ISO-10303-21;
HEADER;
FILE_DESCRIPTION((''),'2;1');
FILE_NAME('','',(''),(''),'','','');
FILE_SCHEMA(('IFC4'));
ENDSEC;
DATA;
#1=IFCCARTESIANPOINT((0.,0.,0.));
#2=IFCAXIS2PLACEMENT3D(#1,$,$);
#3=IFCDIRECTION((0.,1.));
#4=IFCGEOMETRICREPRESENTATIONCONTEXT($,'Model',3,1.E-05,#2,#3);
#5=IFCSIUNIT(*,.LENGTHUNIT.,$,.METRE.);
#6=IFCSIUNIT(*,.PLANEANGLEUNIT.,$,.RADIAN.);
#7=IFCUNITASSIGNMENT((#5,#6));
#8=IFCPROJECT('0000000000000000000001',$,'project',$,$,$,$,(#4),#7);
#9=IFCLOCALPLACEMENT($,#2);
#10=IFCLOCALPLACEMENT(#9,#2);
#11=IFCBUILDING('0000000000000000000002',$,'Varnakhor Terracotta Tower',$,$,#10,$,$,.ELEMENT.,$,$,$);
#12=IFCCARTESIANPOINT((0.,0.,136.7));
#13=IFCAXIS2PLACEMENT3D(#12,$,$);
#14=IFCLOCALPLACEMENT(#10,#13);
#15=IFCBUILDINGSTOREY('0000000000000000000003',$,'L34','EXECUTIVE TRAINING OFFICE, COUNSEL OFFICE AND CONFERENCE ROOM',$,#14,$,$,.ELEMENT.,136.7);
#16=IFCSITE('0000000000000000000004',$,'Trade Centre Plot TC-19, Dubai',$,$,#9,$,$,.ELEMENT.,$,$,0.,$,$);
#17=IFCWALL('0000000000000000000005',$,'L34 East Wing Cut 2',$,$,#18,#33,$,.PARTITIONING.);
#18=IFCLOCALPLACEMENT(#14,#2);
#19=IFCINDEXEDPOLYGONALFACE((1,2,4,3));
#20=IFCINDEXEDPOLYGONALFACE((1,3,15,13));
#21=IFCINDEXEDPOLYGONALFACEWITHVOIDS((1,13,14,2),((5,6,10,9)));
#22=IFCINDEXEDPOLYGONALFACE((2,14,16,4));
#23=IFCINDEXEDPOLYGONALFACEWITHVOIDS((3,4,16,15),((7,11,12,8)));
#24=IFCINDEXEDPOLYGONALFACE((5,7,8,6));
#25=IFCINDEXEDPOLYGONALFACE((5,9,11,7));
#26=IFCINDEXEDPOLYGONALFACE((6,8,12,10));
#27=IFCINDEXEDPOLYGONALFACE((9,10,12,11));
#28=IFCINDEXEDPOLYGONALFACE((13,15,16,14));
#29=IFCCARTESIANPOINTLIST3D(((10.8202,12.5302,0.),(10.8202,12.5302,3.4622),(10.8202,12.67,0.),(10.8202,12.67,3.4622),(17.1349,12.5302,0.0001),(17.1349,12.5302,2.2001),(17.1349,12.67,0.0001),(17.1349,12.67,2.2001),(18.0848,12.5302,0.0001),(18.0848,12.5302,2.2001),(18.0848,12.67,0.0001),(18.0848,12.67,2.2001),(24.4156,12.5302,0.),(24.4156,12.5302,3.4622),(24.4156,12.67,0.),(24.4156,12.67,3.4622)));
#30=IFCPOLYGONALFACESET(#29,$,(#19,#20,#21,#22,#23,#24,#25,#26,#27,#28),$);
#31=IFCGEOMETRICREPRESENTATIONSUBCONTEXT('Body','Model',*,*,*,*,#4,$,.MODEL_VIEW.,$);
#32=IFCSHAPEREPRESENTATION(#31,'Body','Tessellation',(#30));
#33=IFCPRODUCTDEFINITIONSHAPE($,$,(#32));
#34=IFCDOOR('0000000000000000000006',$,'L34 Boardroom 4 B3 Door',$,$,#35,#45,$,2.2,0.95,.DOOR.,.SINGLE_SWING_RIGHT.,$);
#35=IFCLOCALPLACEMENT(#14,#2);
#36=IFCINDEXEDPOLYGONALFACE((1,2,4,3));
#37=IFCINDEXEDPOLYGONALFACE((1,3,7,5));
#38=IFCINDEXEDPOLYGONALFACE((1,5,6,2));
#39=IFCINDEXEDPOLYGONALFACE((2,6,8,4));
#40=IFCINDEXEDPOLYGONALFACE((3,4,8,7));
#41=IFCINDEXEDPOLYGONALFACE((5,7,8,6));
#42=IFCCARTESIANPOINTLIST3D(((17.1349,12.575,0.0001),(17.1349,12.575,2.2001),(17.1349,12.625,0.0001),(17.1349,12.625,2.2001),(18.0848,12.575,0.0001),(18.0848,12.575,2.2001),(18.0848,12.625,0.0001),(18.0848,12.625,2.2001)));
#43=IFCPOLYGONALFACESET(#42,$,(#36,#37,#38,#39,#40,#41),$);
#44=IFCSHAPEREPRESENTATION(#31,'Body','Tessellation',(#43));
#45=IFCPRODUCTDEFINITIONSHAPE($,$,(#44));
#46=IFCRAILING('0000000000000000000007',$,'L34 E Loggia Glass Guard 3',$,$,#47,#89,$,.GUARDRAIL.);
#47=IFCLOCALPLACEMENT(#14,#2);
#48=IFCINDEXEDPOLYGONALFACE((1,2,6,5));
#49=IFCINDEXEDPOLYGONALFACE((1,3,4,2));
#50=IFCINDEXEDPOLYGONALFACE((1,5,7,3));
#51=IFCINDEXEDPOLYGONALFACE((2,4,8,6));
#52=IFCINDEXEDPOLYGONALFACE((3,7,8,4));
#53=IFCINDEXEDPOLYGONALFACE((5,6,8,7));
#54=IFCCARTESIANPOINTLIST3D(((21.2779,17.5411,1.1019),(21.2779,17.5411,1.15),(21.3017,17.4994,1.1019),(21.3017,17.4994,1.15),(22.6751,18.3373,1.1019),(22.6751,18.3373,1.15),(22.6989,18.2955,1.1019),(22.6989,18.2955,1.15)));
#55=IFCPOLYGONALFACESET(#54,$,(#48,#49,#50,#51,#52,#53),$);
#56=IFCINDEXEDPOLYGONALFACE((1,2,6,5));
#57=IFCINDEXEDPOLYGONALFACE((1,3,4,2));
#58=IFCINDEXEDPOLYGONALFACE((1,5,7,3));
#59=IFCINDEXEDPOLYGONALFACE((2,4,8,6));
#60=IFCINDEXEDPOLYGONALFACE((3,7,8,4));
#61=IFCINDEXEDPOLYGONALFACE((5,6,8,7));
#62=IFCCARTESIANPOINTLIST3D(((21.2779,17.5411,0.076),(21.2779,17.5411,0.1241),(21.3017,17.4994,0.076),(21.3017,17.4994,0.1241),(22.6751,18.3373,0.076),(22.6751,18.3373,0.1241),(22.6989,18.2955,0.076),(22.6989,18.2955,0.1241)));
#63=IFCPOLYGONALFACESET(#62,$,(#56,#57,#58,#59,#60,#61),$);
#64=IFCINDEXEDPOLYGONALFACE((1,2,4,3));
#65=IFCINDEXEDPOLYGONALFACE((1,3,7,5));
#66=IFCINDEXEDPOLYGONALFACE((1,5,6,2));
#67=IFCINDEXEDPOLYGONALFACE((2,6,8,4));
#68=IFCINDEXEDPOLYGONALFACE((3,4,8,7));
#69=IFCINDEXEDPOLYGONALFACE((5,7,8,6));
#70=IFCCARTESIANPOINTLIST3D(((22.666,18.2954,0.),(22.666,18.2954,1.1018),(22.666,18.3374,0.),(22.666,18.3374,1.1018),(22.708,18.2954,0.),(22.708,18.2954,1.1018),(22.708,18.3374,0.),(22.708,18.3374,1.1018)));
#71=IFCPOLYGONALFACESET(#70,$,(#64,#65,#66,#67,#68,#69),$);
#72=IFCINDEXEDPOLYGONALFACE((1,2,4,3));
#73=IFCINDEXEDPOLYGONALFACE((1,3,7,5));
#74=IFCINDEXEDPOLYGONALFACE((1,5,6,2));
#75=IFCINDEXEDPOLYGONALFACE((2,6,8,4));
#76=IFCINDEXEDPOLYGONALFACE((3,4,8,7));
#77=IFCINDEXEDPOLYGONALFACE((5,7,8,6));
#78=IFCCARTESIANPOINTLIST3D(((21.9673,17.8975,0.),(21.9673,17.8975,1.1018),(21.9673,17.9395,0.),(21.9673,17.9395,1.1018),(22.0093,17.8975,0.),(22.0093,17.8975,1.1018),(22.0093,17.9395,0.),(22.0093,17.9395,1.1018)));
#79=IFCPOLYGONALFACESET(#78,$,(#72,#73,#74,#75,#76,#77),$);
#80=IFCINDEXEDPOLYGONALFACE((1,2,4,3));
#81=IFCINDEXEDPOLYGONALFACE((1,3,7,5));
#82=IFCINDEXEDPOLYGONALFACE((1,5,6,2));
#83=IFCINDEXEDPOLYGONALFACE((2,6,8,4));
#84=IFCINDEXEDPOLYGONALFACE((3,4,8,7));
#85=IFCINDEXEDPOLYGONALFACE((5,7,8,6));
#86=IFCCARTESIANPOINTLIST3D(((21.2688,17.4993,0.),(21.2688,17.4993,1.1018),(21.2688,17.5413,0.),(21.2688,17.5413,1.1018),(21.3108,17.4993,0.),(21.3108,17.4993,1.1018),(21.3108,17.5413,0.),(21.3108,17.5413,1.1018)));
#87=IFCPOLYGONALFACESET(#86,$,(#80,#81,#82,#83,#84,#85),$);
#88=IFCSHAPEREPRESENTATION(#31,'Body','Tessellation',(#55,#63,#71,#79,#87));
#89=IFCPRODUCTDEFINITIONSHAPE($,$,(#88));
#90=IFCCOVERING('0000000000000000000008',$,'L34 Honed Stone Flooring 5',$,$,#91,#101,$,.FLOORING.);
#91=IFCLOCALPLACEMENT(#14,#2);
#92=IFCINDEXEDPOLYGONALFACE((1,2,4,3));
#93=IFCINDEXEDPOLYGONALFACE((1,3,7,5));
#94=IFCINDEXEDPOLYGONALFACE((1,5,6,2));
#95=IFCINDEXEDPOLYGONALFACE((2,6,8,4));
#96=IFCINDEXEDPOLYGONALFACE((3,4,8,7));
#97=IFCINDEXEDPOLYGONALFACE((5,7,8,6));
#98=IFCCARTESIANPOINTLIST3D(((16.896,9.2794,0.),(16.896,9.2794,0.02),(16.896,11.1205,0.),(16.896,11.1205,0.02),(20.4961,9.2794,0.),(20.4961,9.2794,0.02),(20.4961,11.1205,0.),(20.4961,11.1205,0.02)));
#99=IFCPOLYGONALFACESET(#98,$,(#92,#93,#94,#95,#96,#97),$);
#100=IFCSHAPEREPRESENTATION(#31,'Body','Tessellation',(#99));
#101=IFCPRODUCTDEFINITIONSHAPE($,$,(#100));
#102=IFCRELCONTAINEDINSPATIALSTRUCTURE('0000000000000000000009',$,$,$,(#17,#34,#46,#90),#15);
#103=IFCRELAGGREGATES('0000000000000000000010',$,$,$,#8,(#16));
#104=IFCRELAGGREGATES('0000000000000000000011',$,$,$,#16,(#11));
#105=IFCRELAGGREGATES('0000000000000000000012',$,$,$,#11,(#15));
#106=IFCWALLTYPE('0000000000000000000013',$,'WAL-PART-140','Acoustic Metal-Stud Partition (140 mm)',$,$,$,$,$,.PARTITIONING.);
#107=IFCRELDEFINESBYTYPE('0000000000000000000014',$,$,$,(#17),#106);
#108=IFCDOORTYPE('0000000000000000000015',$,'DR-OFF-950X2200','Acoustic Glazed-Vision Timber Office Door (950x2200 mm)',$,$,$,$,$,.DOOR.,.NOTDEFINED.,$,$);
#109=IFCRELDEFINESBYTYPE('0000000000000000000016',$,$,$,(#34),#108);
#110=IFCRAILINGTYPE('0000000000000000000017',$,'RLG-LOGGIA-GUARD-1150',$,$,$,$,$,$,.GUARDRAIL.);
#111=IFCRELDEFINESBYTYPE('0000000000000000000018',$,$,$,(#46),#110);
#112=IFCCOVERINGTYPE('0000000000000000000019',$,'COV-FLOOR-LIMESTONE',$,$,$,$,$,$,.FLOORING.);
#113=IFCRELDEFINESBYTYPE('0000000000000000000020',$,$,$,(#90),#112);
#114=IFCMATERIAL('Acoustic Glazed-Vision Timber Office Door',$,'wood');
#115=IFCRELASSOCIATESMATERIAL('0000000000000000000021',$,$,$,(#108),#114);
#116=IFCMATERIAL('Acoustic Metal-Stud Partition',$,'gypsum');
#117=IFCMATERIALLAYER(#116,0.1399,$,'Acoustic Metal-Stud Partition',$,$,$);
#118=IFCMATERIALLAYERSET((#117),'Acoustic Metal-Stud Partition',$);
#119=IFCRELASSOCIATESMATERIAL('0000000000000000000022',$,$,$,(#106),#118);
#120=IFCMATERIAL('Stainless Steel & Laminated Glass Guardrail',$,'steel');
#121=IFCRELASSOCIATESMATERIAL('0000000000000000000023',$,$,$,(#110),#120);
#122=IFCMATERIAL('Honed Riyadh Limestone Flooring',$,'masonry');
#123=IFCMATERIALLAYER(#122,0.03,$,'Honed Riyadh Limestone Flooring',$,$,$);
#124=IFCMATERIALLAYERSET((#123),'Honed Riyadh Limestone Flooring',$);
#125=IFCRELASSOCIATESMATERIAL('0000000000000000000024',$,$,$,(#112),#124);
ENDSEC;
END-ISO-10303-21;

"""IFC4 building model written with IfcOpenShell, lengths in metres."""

from ifc_helpers import new_model, si_unit, direction, frame, frame_2d, origin, origin_2d, place, context, subcontext, project, spatial, rectangle, extrude, source, transform, mapped, material, layer, layer_set, type_object, type_shapes, element, fill, save


model = new_model("IFC4")

# Units and contexts
model_context = context("Model", 3, precision=1e-05, world=origin(), true_north=direction((0.0, 1.0)))
body_context = subcontext(model_context, "Body", "Model", "MODEL_VIEW")
ifc_project = project(units=[si_unit("LENGTHUNIT", "METRE"), si_unit("PLANEANGLEUNIT", "RADIAN")], contexts=[model_context])

# Site, building, storey
site_placement = place(None, origin())
site = spatial("IfcSite", under=ifc_project, at=site_placement, Name="Trade Centre Plot TC-19, Dubai", CompositionType="ELEMENT", RefElevation=0.0)
building_placement = place(site_placement, origin())
building = spatial("IfcBuilding", under=site, at=building_placement, Name="Varnakhor Terracotta Tower", CompositionType="ELEMENT")
storey_placement = place(building_placement, frame((0.0, 0.0, 136.7)))
storey = spatial("IfcBuildingStorey", under=building, at=storey_placement, Name="L34", Description="EXECUTIVE TRAINING OFFICE, COUNSEL OFFICE AND CONFERENCE ROOM", CompositionType="ELEMENT", Elevation=136.7)

# Wall, opening, door
ifc_material_1 = material(Name="Acoustic Glazed-Vision Timber Office Door", Category="wood")
door_type = type_object("IfcDoorType", Name="DR-OFF-950X2200", Description="Acoustic Glazed-Vision Timber Office Door (950x2200 mm)", OperationType="NOTDEFINED", PredefinedType="DOOR", material=ifc_material_1)
shared_shape_1 = source(origin(), body_context, "Body", "SweptSolid", [
    extrude(rectangle(XDim=0.95, YDim=2.2, at=frame_2d((0.4751, 1.1001))), frame((0.0, 0.0249, 0.0), z_axis=(0.0, -1.0, 0.0), x_axis=(1.0, 0.0, 0.0)), (0.0, 0.0, 1.0), 0.05),
])
type_shapes(door_type, [shared_shape_1])
ifc_material_2 = material(Name="Acoustic Metal-Stud Partition", Category="gypsum")
ifc_layer_1 = layer(ifc_material_2, 0.1399, Name="Acoustic Metal-Stud Partition")
ifc_layer_set_1 = layer_set([ifc_layer_1], Name="Acoustic Metal-Stud Partition")
wall_type_1 = type_object("IfcWallType", Name="WAL-PART-140", Description="Acoustic Metal-Stud Partition (140 mm)", PredefinedType="PARTITIONING", material=ifc_layer_set_1)
wall_1_placement = place(storey_placement, frame((10.8201, 12.6001, 0.0), z_axis=(0.0, 0.0, 1.0), x_axis=(1.0, 0.0, 0.0)))
wall_1 = element("IfcWall", 1, at=wall_1_placement, inside=storey, type_object=wall_type_1, Name="L34 East Wing Cut 2", PredefinedType="PARTITIONING", context=body_context, shape_type="SweptSolid", body=[
    extrude(rectangle(XDim=13.5955, YDim=0.1399, at=frame_2d((6.7979, 0.0))), origin(), (0.0, 0.0, 1.0), 3.4622),
])
opening_1_placement = place(wall_1_placement, frame((6.3147, 0.0, 0.0)))
opening_1 = element("IfcOpeningElement", 2, at=opening_1_placement, cuts=wall_1, PredefinedType="OPENING", context=body_context, shape_type="SweptSolid", body=[
    extrude(rectangle(XDim=0.95, YDim=2.2, at=frame_2d((0.4751, 1.1001))), frame((0.0, 0.0801, 0.0), z_axis=(0.0, -1.0, 0.0), x_axis=(1.0, 0.0, 0.0)), (0.0, 0.0, 1.0), 0.1599),
])
door_1_placement = place(opening_1_placement, origin())
door_1 = element("IfcDoor", 3, at=door_1_placement, inside=storey, type_object=door_type, Name="L34 Boardroom 4 B3 Door", OperationType="SINGLE_SWING_RIGHT", OverallHeight=2.2, OverallWidth=0.95, PredefinedType="DOOR", context=body_context, shape_type="MappedRepresentation", body=[
    mapped(shared_shape_1, transform((0.0, 0.0, 0.0), scale=1.0)),
])
fill(opening_1, door_1)

# Railing
ifc_material_3 = material(Name="Stainless Steel & Laminated Glass Guardrail", Category="steel")
railing_type = type_object("IfcRailingType", Name="RLG-LOGGIA-GUARD-1150", PredefinedType="GUARDRAIL", material=ifc_material_3)
railing_placement = place(storey_placement, frame((22.687, 18.3164, 0.0)))
element("IfcRailing", 4, at=railing_placement, inside=storey, type_object=railing_type, Name="L34 E Loggia Glass Guard 3", PredefinedType="GUARDRAIL", context=body_context, shape_type="SweptSolid", body=[
    extrude(rectangle(XDim=0.0481, YDim=0.0481, at=origin_2d()), frame((0.0, 0.0, 1.126), z_axis=(-0.86885, -0.495076, 0.0), x_axis=(0.495076, -0.86885, 0.0)), (0.0, 0.0, 1.0), 1.6082),
    extrude(rectangle(XDim=0.0481, YDim=0.0481, at=origin_2d()), frame((0.0, 0.0, 0.1001), z_axis=(-0.86885, -0.495076, 0.0), x_axis=(0.495076, -0.86885, 0.0)), (0.0, 0.0, 1.0), 1.6082),
    extrude(rectangle(XDim=0.042, YDim=0.042, at=origin_2d()), origin(), (0.0, 0.0, 1.0), 1.1018),
    extrude(rectangle(XDim=0.042, YDim=0.042, at=origin_2d()), frame((-0.6987, -0.3979, 0.0)), (0.0, 0.0, 1.0), 1.1018),
    extrude(rectangle(XDim=0.042, YDim=0.042, at=origin_2d()), frame((-1.3972, -0.7961, 0.0)), (0.0, 0.0, 1.0), 1.1018),
])

# Covering
ifc_material_4 = material(Name="Honed Riyadh Limestone Flooring", Category="masonry")
ifc_layer_2 = layer(ifc_material_4, 0.03, Name="Honed Riyadh Limestone Flooring")
ifc_layer_set_2 = layer_set([ifc_layer_2], Name="Honed Riyadh Limestone Flooring")
covering_type = type_object("IfcCoveringType", Name="COV-FLOOR-LIMESTONE", PredefinedType="FLOORING", material=ifc_layer_set_2)
shared_shape_2 = source(origin(), body_context, "Body", "SweptSolid", [
    extrude(rectangle(XDim=3.6001, YDim=1.8411, at=origin_2d()), origin(), (0.0, 0.0, 1.0), 0.02),
])
covering_placement = place(storey_placement, frame((18.696, 10.2, 0.0), z_axis=(0.0, 0.0, 1.0), x_axis=(1.0, 0.0, 0.0)))
element("IfcCovering", 5, at=covering_placement, inside=storey, type_object=covering_type, Name="L34 Honed Stone Flooring 5", PredefinedType="FLOORING", context=body_context, shape_type="MappedRepresentation", body=[
    mapped(shared_shape_2, transform((0.0, 0.0, 0.0), scale=1.0)),
])

save(model, "model.ifc")
